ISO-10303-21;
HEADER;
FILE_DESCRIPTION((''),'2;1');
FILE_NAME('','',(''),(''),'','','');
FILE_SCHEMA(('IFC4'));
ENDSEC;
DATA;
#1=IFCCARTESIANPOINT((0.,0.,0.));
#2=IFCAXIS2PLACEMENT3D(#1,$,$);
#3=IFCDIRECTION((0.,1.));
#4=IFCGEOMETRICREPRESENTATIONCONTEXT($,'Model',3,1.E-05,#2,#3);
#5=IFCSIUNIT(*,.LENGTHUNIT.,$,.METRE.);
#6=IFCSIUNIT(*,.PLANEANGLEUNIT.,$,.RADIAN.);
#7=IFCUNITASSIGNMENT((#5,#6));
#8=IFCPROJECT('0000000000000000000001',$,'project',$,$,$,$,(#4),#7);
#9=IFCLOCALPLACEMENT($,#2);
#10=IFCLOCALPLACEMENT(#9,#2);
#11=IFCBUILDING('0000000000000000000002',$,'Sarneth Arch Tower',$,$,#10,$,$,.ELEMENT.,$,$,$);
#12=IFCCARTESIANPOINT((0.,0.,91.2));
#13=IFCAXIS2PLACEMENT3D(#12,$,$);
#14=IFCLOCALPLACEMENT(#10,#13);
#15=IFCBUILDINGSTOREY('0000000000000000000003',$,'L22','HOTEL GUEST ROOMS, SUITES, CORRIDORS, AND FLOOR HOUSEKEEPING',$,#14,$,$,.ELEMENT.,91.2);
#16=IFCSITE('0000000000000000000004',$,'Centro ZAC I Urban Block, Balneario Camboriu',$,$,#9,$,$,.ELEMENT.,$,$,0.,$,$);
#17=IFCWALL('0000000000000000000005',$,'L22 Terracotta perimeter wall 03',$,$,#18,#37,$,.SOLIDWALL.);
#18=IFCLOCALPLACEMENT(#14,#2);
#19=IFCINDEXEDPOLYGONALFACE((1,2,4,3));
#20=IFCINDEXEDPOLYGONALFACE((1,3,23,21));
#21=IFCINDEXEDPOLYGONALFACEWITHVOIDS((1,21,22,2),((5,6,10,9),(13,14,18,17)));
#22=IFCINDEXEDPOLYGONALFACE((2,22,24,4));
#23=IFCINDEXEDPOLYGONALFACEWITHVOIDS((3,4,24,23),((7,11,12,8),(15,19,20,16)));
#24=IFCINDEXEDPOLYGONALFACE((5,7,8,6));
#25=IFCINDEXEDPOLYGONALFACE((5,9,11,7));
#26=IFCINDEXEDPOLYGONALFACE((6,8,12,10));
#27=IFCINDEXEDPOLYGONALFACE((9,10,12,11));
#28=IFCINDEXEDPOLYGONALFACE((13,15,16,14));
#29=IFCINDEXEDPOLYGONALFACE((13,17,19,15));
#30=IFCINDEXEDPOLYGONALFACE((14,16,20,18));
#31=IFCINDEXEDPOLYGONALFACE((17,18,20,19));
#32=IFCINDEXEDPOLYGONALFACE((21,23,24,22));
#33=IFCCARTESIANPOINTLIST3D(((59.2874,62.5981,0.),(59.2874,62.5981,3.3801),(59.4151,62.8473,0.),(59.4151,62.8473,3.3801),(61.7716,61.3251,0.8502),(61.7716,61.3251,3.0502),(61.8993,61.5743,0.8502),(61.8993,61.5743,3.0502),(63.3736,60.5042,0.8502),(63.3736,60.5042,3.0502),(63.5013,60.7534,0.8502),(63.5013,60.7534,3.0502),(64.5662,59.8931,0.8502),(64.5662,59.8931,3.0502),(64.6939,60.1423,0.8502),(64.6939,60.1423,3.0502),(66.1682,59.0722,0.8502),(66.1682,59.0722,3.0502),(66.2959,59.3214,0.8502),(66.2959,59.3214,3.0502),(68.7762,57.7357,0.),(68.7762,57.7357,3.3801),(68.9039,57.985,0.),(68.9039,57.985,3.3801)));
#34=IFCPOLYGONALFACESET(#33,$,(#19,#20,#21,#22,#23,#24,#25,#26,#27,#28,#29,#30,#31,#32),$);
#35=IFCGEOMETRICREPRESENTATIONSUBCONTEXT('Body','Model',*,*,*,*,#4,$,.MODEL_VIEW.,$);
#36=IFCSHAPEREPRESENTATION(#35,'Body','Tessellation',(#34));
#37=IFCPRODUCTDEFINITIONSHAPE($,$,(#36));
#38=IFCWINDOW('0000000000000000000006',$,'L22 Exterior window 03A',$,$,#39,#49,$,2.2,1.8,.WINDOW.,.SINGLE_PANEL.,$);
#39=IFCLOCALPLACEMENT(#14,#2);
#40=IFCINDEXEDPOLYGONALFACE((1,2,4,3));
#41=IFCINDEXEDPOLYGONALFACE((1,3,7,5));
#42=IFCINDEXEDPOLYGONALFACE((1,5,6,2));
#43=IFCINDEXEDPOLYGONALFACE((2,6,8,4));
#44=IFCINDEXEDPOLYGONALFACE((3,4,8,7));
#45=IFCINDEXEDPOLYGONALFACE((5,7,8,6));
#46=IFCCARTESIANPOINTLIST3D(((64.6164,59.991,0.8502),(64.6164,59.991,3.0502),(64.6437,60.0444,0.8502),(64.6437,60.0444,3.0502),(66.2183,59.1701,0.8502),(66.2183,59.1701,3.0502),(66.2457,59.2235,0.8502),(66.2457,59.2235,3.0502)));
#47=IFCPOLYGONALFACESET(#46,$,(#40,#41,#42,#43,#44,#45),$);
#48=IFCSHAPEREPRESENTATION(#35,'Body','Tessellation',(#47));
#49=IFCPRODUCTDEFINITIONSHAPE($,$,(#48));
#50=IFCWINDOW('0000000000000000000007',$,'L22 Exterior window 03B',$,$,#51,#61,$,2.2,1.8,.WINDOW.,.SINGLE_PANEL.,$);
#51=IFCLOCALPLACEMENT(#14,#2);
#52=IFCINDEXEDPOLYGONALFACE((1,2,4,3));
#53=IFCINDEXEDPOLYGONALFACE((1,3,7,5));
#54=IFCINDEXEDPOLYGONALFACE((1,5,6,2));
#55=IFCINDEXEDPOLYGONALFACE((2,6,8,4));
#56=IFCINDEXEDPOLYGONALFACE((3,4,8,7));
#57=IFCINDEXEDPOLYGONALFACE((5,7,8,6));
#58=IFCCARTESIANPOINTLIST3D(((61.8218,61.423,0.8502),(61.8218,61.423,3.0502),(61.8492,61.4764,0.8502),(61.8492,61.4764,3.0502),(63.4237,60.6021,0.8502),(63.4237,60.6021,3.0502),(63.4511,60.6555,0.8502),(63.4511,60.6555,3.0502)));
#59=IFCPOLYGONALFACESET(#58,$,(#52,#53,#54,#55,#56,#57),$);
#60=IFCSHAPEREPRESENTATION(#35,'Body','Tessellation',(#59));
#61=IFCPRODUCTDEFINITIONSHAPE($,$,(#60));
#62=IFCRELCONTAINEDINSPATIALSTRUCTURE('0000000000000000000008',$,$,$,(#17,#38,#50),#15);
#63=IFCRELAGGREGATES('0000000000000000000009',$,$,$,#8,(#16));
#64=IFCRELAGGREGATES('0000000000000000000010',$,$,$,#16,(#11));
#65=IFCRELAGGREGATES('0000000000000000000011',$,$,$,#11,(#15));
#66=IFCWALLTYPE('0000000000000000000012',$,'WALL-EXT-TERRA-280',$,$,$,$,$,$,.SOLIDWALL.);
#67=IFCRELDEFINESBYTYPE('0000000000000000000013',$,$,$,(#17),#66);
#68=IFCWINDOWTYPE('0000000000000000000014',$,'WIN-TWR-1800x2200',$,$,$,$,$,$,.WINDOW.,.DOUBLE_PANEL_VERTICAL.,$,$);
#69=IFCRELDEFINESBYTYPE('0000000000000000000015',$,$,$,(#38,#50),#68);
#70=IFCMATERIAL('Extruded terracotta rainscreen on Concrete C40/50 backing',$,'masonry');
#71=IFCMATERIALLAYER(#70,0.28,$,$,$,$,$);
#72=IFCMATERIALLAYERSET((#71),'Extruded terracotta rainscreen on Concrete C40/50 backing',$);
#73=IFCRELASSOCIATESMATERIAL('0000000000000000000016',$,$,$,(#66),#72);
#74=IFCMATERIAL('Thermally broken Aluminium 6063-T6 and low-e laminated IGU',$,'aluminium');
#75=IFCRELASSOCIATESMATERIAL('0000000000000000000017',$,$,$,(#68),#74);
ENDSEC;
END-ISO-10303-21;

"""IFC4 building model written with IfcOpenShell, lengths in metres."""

from ifc_helpers import new_model, si_unit, direction, frame, frame_2d, origin, place, context, subcontext, project, spatial, rectangle, extrude, material, layer, layer_set, type_object, element, fill, save


model = new_model("IFC4")

# Units and contexts
model_context = context("Model", 3, precision=1e-05, world=origin(), true_north=direction((0.0, 1.0)))
body_context = subcontext(model_context, "Body", "Model", "MODEL_VIEW")
ifc_project = project(units=[si_unit("LENGTHUNIT", "METRE"), si_unit("PLANEANGLEUNIT", "RADIAN")], contexts=[model_context])

# Site, building, storey
site_placement = place(None, origin())
site = spatial("IfcSite", under=ifc_project, at=site_placement, Name="Centro ZAC I Urban Block, Balneario Camboriu", CompositionType="ELEMENT", RefElevation=0.0)
building_placement = place(site_placement, origin())
building = spatial("IfcBuilding", under=site, at=building_placement, Name="Sarneth Arch Tower", CompositionType="ELEMENT")
storey_placement = place(building_placement, frame((0.0, 0.0, 91.2)))
storey = spatial("IfcBuildingStorey", under=building, at=storey_placement, Name="L22", Description="HOTEL GUEST ROOMS, SUITES, CORRIDORS, AND FLOOR HOUSEKEEPING", CompositionType="ELEMENT", Elevation=91.2)

# Wall, openings, windows
ifc_material_1 = material(Name="Extruded terracotta rainscreen on Concrete C40/50 backing", Category="masonry")
ifc_layer_1 = layer(ifc_material_1, 0.28)
ifc_layer_set_1 = layer_set([ifc_layer_1], Name="Extruded terracotta rainscreen on Concrete C40/50 backing")
wall_type = type_object("IfcWallType", Name="WALL-EXT-TERRA-280", PredefinedType="SOLIDWALL", material=ifc_layer_set_1)
wall_placement = place(storey_placement, frame((68.8401, 57.8604, 0.0), z_axis=(0.0, 0.0, 1.0), x_axis=(-0.88996, 0.45604, 0.0)))
wall = element("IfcWall", 1, at=wall_placement, inside=storey, type_object=wall_type, Name="L22 Terracotta perimeter wall 03", PredefinedType="SOLIDWALL", context=body_context, shape_type="SweptSolid", body=[
    extrude(rectangle(XDim=10.6621, YDim=0.28, at=frame_2d((5.3311, 0.0))), origin(), (0.0, 0.0, 1.0), 3.3801),
])
opening_1_placement = place(wall_placement, frame((2.9307, 0.0, 0.8501)))
opening_1 = element("IfcOpeningElement", 2, at=opening_1_placement, cuts=wall, PredefinedType="OPENING", context=body_context, shape_type="SweptSolid", body=[
    extrude(rectangle(XDim=1.8, YDim=2.2, at=frame_2d((0.8999, 1.1001))), frame((0.0, 0.1499, 0.0), z_axis=(0.0, -1.0, 0.0), x_axis=(1.0, 0.0, 0.0)), (0.0, 0.0, 1.0), 0.3),
])
opening_2_placement = place(wall_placement, frame((6.0708, 0.0, 0.8501)))
opening_2 = element("IfcOpeningElement", 3, at=opening_2_placement, cuts=wall, PredefinedType="OPENING", context=body_context, shape_type="SweptSolid", body=[
    extrude(rectangle(XDim=1.8, YDim=2.2, at=frame_2d((0.8999, 1.1001))), frame((0.0, 0.1499, 0.0), z_axis=(0.0, -1.0, 0.0), x_axis=(1.0, 0.0, 0.0)), (0.0, 0.0, 1.0), 0.3),
])
ifc_material_2 = material(Name="Thermally broken Aluminium 6063-T6 and low-e laminated IGU", Category="aluminium")
window_type = type_object("IfcWindowType", Name="WIN-TWR-1800x2200", PartitioningType="DOUBLE_PANEL_VERTICAL", PredefinedType="WINDOW", material=ifc_material_2)
window_1_placement = place(opening_1_placement, origin())
window_1 = element("IfcWindow", 4, at=window_1_placement, inside=storey, type_object=window_type, Name="L22 Exterior window 03A", OverallHeight=2.2, OverallWidth=1.8, PartitioningType="SINGLE_PANEL", PredefinedType="WINDOW", context=body_context, shape_type="SweptSolid", body=[
    extrude(rectangle(XDim=1.8, YDim=2.2, at=frame_2d((0.8999, 1.1001))), frame((0.0, 0.03, 0.0), z_axis=(0.0, -1.0, 0.0), x_axis=(1.0, 0.0, 0.0)), (0.0, 0.0, 1.0), 0.0601),
])
fill(opening_1, window_1)
window_2_placement = place(opening_2_placement, origin())
window_2 = element("IfcWindow", 5, at=window_2_placement, inside=storey, type_object=window_type, Name="L22 Exterior window 03B", OverallHeight=2.2, OverallWidth=1.8, PartitioningType="SINGLE_PANEL", PredefinedType="WINDOW", context=body_context, shape_type="SweptSolid", body=[
    extrude(rectangle(XDim=1.8, YDim=2.2, at=frame_2d((0.8999, 1.1001))), frame((0.0, 0.03, 0.0), z_axis=(0.0, -1.0, 0.0), x_axis=(1.0, 0.0, 0.0)), (0.0, 0.0, 1.0), 0.0601),
])
fill(opening_2, window_2)

save(model, "model.ifc")
